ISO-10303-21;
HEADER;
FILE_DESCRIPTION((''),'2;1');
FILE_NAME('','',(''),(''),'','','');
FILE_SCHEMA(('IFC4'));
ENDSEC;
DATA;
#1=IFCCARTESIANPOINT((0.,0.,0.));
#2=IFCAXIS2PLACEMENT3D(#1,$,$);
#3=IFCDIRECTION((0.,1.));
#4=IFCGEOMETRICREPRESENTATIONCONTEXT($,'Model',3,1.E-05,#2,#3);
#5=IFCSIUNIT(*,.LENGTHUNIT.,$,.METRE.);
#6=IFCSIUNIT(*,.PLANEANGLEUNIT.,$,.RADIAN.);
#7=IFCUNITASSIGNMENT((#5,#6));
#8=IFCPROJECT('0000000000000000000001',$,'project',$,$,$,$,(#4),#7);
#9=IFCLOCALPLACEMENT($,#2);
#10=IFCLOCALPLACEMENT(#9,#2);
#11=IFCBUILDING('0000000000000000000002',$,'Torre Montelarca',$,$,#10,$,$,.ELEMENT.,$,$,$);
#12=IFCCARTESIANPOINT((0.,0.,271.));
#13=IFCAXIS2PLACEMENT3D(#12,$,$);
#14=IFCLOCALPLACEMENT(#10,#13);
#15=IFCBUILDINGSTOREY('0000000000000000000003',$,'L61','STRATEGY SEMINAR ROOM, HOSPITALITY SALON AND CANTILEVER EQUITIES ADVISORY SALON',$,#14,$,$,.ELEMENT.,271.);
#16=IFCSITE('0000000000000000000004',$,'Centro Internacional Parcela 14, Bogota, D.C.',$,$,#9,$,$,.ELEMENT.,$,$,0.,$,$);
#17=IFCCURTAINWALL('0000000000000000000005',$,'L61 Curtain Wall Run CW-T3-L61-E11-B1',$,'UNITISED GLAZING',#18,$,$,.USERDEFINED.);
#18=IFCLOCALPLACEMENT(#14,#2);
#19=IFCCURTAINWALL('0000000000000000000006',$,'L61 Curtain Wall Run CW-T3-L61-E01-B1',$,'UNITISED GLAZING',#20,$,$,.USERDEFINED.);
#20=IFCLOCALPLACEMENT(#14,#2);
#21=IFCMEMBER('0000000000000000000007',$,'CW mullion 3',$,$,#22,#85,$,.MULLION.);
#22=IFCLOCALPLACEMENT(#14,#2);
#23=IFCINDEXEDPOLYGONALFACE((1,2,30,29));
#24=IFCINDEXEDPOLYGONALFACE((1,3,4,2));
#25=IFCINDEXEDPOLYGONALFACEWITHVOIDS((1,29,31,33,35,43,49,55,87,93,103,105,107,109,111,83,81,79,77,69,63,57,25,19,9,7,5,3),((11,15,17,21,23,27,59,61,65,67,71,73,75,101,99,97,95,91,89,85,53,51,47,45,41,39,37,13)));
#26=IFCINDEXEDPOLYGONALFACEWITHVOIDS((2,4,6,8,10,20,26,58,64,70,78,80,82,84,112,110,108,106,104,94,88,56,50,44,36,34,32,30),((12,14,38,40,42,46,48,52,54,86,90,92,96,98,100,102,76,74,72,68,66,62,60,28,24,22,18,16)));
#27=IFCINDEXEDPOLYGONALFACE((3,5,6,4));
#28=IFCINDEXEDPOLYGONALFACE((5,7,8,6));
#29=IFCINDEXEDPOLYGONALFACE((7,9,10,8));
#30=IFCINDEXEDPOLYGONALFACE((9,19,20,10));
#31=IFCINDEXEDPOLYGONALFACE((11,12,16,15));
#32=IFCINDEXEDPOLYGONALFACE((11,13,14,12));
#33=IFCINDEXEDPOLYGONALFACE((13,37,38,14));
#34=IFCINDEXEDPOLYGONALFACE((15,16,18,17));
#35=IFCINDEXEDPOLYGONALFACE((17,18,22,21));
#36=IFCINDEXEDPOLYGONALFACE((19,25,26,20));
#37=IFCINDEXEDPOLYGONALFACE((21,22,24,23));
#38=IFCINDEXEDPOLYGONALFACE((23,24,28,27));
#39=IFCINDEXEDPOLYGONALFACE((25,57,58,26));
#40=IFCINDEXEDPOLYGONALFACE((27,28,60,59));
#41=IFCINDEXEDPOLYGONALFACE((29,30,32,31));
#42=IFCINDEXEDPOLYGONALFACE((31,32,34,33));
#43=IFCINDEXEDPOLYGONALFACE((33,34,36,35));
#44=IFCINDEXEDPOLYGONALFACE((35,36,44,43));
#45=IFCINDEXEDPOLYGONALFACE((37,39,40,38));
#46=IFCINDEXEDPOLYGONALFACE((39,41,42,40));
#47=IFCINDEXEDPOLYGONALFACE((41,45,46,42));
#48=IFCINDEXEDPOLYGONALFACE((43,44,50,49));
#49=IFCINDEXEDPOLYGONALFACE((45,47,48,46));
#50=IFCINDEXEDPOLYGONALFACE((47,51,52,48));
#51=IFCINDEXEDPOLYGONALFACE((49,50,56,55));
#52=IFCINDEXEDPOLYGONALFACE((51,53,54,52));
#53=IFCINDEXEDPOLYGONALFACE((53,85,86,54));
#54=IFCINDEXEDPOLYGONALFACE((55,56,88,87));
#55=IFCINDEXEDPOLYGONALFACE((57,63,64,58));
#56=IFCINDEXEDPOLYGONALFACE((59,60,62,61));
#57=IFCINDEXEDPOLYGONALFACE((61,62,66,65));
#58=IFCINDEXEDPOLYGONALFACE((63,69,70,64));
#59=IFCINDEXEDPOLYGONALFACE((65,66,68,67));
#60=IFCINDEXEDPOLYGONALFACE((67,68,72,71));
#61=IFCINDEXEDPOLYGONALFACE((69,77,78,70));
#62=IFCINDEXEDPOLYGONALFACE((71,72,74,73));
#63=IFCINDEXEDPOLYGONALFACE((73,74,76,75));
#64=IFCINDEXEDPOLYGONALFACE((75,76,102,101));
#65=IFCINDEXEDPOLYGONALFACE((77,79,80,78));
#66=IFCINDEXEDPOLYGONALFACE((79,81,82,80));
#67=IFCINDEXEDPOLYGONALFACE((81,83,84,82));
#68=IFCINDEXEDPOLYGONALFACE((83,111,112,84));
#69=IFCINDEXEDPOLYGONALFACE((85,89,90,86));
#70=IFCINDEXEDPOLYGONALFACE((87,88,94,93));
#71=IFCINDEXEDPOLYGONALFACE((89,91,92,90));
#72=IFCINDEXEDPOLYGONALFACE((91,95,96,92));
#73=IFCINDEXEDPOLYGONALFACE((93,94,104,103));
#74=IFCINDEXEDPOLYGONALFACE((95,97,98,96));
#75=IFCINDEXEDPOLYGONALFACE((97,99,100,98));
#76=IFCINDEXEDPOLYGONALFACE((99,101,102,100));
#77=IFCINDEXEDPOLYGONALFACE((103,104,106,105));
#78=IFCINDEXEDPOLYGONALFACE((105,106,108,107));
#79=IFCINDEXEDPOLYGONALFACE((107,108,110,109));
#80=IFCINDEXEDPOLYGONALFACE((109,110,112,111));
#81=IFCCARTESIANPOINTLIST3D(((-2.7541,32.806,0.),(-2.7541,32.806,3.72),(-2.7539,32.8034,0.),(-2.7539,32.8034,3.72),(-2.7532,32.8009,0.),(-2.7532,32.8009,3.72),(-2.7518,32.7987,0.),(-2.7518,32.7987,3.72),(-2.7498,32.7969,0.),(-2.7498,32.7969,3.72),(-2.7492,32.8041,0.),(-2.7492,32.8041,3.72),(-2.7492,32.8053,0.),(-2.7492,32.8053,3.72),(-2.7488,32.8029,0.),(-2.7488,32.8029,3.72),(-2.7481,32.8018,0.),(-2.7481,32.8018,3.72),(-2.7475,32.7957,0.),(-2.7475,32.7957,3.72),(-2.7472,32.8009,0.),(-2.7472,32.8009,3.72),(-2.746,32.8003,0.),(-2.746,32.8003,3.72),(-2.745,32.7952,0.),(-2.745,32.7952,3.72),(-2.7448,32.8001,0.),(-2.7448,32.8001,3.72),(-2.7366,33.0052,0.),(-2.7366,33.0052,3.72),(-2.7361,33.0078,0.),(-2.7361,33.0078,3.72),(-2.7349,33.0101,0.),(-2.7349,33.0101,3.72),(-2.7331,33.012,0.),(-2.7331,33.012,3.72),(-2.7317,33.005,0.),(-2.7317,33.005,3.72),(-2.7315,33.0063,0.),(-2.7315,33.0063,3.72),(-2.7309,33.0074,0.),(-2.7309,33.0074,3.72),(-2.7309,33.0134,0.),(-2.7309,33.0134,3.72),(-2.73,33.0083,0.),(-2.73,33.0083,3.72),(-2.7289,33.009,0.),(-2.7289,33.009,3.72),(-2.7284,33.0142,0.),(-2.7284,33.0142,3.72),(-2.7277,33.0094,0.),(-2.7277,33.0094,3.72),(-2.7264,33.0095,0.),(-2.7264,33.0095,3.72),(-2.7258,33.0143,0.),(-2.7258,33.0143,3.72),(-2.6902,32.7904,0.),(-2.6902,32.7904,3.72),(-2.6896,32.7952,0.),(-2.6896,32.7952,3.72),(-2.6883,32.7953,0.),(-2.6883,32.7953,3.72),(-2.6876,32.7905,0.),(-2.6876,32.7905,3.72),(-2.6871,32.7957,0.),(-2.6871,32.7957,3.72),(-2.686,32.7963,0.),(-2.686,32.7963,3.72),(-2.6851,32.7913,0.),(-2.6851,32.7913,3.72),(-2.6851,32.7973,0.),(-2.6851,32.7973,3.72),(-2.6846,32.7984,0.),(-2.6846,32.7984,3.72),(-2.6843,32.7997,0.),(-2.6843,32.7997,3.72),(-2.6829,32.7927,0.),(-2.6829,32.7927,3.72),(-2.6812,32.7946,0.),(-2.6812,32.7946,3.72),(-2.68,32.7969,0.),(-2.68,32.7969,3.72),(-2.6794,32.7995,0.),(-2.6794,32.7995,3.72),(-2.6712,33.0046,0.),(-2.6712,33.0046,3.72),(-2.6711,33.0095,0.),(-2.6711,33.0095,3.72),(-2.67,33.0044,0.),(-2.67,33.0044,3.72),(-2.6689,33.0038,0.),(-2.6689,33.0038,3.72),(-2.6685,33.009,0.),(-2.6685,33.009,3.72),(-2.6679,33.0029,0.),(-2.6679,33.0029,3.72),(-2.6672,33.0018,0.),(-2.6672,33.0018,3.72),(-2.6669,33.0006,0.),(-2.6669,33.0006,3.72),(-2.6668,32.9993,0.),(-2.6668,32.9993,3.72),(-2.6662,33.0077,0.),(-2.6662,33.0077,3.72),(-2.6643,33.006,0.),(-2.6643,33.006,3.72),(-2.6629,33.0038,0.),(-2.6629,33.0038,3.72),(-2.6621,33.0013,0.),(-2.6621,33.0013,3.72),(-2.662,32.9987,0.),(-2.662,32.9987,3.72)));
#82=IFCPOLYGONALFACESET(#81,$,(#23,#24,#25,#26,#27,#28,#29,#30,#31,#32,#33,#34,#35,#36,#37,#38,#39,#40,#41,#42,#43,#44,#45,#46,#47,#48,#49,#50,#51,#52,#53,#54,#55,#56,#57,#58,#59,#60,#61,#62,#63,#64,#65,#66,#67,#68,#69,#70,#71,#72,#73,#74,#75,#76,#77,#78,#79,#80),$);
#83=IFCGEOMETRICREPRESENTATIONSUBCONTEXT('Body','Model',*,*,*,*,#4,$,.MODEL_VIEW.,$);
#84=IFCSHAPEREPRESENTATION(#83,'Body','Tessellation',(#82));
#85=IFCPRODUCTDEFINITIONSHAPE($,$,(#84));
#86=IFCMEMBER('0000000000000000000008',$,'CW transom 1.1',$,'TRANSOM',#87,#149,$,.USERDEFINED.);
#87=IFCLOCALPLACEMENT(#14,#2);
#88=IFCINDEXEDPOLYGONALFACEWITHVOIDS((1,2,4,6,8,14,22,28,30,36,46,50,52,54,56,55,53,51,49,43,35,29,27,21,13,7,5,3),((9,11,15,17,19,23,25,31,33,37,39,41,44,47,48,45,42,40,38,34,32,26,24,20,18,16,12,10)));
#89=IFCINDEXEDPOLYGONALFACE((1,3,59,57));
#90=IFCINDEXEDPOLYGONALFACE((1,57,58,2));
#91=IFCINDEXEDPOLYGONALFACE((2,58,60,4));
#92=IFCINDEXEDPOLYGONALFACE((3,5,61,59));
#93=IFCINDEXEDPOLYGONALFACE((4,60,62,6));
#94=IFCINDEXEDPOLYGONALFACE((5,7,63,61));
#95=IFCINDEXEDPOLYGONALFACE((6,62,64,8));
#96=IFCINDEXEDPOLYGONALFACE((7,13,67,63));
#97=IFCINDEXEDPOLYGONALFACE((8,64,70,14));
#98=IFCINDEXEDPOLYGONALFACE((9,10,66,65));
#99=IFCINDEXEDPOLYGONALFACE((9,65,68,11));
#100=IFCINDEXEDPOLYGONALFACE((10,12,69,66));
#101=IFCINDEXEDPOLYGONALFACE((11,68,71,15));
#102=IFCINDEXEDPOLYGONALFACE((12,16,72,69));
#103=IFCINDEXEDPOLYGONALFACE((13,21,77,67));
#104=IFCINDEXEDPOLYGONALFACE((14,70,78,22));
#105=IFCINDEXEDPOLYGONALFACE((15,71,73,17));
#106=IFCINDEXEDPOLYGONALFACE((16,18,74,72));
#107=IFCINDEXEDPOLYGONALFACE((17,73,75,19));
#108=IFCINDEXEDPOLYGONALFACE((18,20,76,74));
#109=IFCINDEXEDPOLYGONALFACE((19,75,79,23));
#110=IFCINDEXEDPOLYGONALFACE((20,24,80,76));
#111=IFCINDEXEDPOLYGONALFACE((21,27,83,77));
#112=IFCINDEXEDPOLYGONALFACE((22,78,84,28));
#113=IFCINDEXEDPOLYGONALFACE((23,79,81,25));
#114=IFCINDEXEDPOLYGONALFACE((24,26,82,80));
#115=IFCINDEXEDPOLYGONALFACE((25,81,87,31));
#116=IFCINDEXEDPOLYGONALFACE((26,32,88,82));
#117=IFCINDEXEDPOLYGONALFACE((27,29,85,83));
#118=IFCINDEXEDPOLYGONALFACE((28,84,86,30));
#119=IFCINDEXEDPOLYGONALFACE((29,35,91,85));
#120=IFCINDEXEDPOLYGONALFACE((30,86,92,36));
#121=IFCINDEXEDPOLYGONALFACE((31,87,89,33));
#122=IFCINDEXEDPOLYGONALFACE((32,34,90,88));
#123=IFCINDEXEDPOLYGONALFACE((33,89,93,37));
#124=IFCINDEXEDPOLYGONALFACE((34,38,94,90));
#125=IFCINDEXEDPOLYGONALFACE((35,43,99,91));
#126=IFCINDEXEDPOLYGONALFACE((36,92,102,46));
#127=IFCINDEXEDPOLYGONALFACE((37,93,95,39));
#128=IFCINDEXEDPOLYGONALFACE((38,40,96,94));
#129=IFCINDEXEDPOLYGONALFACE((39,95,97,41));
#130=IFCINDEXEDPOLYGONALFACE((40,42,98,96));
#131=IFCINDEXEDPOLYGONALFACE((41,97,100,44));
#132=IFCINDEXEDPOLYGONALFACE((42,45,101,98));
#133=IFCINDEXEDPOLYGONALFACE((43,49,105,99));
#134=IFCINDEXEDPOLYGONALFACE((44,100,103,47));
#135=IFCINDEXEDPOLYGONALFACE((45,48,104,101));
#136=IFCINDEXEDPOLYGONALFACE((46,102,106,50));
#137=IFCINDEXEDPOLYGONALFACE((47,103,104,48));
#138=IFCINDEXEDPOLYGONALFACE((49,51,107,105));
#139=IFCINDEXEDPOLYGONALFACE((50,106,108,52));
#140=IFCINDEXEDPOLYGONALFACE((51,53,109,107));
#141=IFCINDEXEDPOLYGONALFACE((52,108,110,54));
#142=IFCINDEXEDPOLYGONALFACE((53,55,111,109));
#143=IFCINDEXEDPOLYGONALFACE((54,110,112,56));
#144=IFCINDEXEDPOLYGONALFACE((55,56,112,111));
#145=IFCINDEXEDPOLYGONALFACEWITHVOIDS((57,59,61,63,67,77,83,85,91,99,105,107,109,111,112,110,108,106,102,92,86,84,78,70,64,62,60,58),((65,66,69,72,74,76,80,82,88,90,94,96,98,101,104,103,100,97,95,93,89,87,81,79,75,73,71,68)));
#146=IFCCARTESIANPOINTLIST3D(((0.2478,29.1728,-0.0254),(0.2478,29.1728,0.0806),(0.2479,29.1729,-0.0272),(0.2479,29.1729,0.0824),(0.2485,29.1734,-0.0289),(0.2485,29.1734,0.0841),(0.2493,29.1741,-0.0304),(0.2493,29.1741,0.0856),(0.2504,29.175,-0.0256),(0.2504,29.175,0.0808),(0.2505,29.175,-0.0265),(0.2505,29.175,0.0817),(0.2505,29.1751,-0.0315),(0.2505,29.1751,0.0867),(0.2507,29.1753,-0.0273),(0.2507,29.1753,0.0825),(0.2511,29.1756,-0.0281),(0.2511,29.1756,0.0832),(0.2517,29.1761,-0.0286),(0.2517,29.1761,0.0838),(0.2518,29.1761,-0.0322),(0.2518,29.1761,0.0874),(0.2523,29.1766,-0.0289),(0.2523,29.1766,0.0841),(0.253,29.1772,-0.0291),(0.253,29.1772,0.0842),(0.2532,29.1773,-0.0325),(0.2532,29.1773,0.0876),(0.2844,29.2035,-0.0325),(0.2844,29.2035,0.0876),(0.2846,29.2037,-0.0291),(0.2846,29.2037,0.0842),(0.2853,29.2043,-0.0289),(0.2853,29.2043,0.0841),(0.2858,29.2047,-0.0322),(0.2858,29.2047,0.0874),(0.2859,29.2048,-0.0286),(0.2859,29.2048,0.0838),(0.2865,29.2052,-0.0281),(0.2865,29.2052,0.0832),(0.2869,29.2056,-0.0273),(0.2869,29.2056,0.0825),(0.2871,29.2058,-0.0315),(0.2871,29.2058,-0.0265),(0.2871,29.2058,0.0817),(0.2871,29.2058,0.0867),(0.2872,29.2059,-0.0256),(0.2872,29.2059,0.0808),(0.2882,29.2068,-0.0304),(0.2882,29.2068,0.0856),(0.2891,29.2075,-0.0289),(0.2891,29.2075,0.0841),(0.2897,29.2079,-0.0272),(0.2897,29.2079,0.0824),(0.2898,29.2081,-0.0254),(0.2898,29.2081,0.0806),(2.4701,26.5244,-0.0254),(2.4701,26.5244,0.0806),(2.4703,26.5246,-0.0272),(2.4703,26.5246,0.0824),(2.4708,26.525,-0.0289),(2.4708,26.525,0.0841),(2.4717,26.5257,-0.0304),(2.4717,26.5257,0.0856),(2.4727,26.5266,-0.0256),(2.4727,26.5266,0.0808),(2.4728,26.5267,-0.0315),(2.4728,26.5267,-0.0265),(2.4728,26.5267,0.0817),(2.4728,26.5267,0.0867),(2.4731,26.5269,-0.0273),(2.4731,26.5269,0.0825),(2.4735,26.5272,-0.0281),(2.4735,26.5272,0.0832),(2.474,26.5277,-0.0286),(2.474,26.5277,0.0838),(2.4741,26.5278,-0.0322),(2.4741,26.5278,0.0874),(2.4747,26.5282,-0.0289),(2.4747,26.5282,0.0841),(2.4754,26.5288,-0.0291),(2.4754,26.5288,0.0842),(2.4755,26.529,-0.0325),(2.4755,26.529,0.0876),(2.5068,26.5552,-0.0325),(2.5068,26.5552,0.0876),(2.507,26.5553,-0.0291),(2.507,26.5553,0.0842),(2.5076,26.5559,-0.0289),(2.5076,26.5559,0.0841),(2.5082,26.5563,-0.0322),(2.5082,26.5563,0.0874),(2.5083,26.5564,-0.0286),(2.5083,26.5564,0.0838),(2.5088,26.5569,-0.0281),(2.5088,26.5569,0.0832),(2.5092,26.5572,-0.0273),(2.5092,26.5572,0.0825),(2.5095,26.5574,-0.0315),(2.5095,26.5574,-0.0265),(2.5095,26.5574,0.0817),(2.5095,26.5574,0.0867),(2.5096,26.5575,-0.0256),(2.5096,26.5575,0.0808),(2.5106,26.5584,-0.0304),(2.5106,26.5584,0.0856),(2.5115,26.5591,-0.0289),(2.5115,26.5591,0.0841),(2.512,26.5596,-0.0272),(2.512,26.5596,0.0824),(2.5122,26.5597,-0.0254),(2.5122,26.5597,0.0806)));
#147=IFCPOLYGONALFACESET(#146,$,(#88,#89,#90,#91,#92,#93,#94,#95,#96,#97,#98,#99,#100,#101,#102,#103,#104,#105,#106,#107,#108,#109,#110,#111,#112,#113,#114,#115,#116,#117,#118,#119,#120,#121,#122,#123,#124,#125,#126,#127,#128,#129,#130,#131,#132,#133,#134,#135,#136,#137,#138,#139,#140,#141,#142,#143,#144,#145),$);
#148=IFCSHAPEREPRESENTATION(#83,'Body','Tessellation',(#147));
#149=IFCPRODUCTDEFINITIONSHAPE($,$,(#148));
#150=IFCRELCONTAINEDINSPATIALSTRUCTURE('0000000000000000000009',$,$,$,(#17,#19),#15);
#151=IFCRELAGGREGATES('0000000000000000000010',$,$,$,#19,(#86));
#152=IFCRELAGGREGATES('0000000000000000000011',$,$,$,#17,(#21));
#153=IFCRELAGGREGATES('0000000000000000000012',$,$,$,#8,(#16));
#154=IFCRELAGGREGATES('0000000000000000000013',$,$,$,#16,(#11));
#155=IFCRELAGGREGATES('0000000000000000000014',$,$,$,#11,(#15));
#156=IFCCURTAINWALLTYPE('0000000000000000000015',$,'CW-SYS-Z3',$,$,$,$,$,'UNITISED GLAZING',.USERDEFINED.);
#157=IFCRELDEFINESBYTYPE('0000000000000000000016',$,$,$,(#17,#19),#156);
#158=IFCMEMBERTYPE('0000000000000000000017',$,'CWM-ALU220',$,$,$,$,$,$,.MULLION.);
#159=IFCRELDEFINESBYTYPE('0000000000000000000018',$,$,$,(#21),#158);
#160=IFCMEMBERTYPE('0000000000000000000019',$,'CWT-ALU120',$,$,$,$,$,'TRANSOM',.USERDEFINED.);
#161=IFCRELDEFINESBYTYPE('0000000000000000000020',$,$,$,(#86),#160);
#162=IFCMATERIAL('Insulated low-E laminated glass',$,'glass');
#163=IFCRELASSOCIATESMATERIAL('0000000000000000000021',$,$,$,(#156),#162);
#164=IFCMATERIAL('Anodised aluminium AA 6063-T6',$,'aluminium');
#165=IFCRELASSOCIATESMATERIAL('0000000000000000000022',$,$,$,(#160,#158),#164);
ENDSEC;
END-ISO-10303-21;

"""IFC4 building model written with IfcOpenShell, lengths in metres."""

from ifc_helpers import new_model, si_unit, direction, frame, origin, origin_2d, place, context, subcontext, project, spatial, hollow_rectangle, extrude, source, transform, mapped, material, material_profile, profile_set, type_object, element, aggregate, save


model = new_model("IFC4")

# Units and contexts
model_context = context("Model", 3, precision=1e-05, world=origin(), true_north=direction((0.0, 1.0)))
body_context = subcontext(model_context, "Body", "Model", "MODEL_VIEW")
ifc_project = project(units=[si_unit("LENGTHUNIT", "METRE"), si_unit("PLANEANGLEUNIT", "RADIAN")], contexts=[model_context])

# Site, building, storey
site_placement = place(None, origin())
site = spatial("IfcSite", under=ifc_project, at=site_placement, Name="Centro Internacional Parcela 14, Bogota, D.C.", CompositionType="ELEMENT", RefElevation=0.0)
building_placement = place(site_placement, origin())
building = spatial("IfcBuilding", under=site, at=building_placement, Name="Torre Montelarca", CompositionType="ELEMENT")
storey_placement = place(building_placement, frame((0.0, 0.0, 271.0)))
storey = spatial("IfcBuildingStorey", under=building, at=storey_placement, Name="L61", Description="STRATEGY SEMINAR ROOM, HOSPITALITY SALON AND CANTILEVER EQUITIES ADVISORY SALON", CompositionType="ELEMENT", Elevation=271.0)

# Curtain walls
ifc_material_1 = material(Name="Insulated low-E laminated glass", Category="glass")
curtain_wall_type = type_object("IfcCurtainWallType", Name="CW-SYS-Z3", ElementType="UNITISED GLAZING", PredefinedType="USERDEFINED", material=ifc_material_1)
curtain_wall_1_placement = place(storey_placement, origin())
curtain_wall_1 = element("IfcCurtainWall", 1, at=curtain_wall_1_placement, inside=storey, type_object=curtain_wall_type, Name="L61 Curtain Wall Run CW-T3-L61-E11-B1", ObjectType="UNITISED GLAZING", PredefinedType="USERDEFINED")
ifc_material_2 = material(Name="Anodised aluminium AA 6063-T6", Category="aluminium")
ifc_material_profile_1 = material_profile(ifc_material_2, hollow_rectangle(XDim=0.0549, YDim=0.1201, WallThickness=0.0034, InnerFilletRadius=0.0034, OuterFilletRadius=0.0071, at=origin_2d()), Name="ALU55X120X3.5", Category="aluminium")
ifc_profile_set_1 = profile_set([ifc_material_profile_1], Name="Anodised aluminium AA 6063-T6")
member_type_1 = type_object("IfcMemberType", Name="CWT-ALU120", ElementType="TRANSOM", PredefinedType="USERDEFINED", material=ifc_profile_set_1)
curtain_wall_2_placement = place(storey_placement, origin())
curtain_wall_2 = element("IfcCurtainWall", 2, at=curtain_wall_2_placement, inside=storey, type_object=curtain_wall_type, Name="L61 Curtain Wall Run CW-T3-L61-E01-B1", ObjectType="UNITISED GLAZING", PredefinedType="USERDEFINED")
ifc_material_profile_2 = material_profile(ifc_material_2, hollow_rectangle(XDim=0.075, YDim=0.22, WallThickness=0.0049, InnerFilletRadius=0.0049, OuterFilletRadius=0.01, at=origin_2d()), Name="ALU75X220X5", Category="aluminium")
ifc_profile_set_2 = profile_set([ifc_material_profile_2], Name="Anodised aluminium AA 6063-T6")
member_type_2 = type_object("IfcMemberType", Name="CWM-ALU220", PredefinedType="MULLION", material=ifc_profile_set_2)
shared_shape_1 = source(origin(), body_context, "Body", "SweptSolid", [
    extrude(hollow_rectangle(XDim=0.075, YDim=0.22, WallThickness=0.0049, InnerFilletRadius=0.0049, OuterFilletRadius=0.01, at=origin_2d()), origin(), (0.0, 0.0, 1.0), 3.72),
])

# Members
member_1_placement = place(storey_placement, frame((-2.708, 32.9023, 0.0), z_axis=(0.0, 0.0, 1.0), x_axis=(0.996192, -0.087183, 0.0)))
member_1 = element("IfcMember", 3, at=member_1_placement, type_object=member_type_2, Name="CW mullion 3", PredefinedType="MULLION", context=body_context, shape_type="MappedRepresentation", body=[
    mapped(shared_shape_1, transform((0.0, 0.0, 0.0), scale=1.0)),
])
shared_shape_2 = source(origin(), body_context, "Body", "SweptSolid", [
    extrude(hollow_rectangle(XDim=0.0549, YDim=0.1201, WallThickness=0.0034, InnerFilletRadius=0.0034, OuterFilletRadius=0.0071, at=origin_2d()), origin(), (0.0, 0.0, 1.0), 3.4573),
])
member_2_placement = place(storey_placement, frame((0.2688, 29.1904, 0.0276), z_axis=(0.642806, -0.766029, 0.0), x_axis=(0.766029, 0.642806, 0.0)))
member_2 = element("IfcMember", 4, at=member_2_placement, type_object=member_type_1, Name="CW transom 1.1", ObjectType="TRANSOM", PredefinedType="USERDEFINED", context=body_context, shape_type="MappedRepresentation", body=[
    mapped(shared_shape_2, transform((0.0, 0.0, 0.0), scale=1.0)),
])
aggregate(curtain_wall_2, [member_2])

aggregate(curtain_wall_1, [member_1])

save(model, "model.ifc")
